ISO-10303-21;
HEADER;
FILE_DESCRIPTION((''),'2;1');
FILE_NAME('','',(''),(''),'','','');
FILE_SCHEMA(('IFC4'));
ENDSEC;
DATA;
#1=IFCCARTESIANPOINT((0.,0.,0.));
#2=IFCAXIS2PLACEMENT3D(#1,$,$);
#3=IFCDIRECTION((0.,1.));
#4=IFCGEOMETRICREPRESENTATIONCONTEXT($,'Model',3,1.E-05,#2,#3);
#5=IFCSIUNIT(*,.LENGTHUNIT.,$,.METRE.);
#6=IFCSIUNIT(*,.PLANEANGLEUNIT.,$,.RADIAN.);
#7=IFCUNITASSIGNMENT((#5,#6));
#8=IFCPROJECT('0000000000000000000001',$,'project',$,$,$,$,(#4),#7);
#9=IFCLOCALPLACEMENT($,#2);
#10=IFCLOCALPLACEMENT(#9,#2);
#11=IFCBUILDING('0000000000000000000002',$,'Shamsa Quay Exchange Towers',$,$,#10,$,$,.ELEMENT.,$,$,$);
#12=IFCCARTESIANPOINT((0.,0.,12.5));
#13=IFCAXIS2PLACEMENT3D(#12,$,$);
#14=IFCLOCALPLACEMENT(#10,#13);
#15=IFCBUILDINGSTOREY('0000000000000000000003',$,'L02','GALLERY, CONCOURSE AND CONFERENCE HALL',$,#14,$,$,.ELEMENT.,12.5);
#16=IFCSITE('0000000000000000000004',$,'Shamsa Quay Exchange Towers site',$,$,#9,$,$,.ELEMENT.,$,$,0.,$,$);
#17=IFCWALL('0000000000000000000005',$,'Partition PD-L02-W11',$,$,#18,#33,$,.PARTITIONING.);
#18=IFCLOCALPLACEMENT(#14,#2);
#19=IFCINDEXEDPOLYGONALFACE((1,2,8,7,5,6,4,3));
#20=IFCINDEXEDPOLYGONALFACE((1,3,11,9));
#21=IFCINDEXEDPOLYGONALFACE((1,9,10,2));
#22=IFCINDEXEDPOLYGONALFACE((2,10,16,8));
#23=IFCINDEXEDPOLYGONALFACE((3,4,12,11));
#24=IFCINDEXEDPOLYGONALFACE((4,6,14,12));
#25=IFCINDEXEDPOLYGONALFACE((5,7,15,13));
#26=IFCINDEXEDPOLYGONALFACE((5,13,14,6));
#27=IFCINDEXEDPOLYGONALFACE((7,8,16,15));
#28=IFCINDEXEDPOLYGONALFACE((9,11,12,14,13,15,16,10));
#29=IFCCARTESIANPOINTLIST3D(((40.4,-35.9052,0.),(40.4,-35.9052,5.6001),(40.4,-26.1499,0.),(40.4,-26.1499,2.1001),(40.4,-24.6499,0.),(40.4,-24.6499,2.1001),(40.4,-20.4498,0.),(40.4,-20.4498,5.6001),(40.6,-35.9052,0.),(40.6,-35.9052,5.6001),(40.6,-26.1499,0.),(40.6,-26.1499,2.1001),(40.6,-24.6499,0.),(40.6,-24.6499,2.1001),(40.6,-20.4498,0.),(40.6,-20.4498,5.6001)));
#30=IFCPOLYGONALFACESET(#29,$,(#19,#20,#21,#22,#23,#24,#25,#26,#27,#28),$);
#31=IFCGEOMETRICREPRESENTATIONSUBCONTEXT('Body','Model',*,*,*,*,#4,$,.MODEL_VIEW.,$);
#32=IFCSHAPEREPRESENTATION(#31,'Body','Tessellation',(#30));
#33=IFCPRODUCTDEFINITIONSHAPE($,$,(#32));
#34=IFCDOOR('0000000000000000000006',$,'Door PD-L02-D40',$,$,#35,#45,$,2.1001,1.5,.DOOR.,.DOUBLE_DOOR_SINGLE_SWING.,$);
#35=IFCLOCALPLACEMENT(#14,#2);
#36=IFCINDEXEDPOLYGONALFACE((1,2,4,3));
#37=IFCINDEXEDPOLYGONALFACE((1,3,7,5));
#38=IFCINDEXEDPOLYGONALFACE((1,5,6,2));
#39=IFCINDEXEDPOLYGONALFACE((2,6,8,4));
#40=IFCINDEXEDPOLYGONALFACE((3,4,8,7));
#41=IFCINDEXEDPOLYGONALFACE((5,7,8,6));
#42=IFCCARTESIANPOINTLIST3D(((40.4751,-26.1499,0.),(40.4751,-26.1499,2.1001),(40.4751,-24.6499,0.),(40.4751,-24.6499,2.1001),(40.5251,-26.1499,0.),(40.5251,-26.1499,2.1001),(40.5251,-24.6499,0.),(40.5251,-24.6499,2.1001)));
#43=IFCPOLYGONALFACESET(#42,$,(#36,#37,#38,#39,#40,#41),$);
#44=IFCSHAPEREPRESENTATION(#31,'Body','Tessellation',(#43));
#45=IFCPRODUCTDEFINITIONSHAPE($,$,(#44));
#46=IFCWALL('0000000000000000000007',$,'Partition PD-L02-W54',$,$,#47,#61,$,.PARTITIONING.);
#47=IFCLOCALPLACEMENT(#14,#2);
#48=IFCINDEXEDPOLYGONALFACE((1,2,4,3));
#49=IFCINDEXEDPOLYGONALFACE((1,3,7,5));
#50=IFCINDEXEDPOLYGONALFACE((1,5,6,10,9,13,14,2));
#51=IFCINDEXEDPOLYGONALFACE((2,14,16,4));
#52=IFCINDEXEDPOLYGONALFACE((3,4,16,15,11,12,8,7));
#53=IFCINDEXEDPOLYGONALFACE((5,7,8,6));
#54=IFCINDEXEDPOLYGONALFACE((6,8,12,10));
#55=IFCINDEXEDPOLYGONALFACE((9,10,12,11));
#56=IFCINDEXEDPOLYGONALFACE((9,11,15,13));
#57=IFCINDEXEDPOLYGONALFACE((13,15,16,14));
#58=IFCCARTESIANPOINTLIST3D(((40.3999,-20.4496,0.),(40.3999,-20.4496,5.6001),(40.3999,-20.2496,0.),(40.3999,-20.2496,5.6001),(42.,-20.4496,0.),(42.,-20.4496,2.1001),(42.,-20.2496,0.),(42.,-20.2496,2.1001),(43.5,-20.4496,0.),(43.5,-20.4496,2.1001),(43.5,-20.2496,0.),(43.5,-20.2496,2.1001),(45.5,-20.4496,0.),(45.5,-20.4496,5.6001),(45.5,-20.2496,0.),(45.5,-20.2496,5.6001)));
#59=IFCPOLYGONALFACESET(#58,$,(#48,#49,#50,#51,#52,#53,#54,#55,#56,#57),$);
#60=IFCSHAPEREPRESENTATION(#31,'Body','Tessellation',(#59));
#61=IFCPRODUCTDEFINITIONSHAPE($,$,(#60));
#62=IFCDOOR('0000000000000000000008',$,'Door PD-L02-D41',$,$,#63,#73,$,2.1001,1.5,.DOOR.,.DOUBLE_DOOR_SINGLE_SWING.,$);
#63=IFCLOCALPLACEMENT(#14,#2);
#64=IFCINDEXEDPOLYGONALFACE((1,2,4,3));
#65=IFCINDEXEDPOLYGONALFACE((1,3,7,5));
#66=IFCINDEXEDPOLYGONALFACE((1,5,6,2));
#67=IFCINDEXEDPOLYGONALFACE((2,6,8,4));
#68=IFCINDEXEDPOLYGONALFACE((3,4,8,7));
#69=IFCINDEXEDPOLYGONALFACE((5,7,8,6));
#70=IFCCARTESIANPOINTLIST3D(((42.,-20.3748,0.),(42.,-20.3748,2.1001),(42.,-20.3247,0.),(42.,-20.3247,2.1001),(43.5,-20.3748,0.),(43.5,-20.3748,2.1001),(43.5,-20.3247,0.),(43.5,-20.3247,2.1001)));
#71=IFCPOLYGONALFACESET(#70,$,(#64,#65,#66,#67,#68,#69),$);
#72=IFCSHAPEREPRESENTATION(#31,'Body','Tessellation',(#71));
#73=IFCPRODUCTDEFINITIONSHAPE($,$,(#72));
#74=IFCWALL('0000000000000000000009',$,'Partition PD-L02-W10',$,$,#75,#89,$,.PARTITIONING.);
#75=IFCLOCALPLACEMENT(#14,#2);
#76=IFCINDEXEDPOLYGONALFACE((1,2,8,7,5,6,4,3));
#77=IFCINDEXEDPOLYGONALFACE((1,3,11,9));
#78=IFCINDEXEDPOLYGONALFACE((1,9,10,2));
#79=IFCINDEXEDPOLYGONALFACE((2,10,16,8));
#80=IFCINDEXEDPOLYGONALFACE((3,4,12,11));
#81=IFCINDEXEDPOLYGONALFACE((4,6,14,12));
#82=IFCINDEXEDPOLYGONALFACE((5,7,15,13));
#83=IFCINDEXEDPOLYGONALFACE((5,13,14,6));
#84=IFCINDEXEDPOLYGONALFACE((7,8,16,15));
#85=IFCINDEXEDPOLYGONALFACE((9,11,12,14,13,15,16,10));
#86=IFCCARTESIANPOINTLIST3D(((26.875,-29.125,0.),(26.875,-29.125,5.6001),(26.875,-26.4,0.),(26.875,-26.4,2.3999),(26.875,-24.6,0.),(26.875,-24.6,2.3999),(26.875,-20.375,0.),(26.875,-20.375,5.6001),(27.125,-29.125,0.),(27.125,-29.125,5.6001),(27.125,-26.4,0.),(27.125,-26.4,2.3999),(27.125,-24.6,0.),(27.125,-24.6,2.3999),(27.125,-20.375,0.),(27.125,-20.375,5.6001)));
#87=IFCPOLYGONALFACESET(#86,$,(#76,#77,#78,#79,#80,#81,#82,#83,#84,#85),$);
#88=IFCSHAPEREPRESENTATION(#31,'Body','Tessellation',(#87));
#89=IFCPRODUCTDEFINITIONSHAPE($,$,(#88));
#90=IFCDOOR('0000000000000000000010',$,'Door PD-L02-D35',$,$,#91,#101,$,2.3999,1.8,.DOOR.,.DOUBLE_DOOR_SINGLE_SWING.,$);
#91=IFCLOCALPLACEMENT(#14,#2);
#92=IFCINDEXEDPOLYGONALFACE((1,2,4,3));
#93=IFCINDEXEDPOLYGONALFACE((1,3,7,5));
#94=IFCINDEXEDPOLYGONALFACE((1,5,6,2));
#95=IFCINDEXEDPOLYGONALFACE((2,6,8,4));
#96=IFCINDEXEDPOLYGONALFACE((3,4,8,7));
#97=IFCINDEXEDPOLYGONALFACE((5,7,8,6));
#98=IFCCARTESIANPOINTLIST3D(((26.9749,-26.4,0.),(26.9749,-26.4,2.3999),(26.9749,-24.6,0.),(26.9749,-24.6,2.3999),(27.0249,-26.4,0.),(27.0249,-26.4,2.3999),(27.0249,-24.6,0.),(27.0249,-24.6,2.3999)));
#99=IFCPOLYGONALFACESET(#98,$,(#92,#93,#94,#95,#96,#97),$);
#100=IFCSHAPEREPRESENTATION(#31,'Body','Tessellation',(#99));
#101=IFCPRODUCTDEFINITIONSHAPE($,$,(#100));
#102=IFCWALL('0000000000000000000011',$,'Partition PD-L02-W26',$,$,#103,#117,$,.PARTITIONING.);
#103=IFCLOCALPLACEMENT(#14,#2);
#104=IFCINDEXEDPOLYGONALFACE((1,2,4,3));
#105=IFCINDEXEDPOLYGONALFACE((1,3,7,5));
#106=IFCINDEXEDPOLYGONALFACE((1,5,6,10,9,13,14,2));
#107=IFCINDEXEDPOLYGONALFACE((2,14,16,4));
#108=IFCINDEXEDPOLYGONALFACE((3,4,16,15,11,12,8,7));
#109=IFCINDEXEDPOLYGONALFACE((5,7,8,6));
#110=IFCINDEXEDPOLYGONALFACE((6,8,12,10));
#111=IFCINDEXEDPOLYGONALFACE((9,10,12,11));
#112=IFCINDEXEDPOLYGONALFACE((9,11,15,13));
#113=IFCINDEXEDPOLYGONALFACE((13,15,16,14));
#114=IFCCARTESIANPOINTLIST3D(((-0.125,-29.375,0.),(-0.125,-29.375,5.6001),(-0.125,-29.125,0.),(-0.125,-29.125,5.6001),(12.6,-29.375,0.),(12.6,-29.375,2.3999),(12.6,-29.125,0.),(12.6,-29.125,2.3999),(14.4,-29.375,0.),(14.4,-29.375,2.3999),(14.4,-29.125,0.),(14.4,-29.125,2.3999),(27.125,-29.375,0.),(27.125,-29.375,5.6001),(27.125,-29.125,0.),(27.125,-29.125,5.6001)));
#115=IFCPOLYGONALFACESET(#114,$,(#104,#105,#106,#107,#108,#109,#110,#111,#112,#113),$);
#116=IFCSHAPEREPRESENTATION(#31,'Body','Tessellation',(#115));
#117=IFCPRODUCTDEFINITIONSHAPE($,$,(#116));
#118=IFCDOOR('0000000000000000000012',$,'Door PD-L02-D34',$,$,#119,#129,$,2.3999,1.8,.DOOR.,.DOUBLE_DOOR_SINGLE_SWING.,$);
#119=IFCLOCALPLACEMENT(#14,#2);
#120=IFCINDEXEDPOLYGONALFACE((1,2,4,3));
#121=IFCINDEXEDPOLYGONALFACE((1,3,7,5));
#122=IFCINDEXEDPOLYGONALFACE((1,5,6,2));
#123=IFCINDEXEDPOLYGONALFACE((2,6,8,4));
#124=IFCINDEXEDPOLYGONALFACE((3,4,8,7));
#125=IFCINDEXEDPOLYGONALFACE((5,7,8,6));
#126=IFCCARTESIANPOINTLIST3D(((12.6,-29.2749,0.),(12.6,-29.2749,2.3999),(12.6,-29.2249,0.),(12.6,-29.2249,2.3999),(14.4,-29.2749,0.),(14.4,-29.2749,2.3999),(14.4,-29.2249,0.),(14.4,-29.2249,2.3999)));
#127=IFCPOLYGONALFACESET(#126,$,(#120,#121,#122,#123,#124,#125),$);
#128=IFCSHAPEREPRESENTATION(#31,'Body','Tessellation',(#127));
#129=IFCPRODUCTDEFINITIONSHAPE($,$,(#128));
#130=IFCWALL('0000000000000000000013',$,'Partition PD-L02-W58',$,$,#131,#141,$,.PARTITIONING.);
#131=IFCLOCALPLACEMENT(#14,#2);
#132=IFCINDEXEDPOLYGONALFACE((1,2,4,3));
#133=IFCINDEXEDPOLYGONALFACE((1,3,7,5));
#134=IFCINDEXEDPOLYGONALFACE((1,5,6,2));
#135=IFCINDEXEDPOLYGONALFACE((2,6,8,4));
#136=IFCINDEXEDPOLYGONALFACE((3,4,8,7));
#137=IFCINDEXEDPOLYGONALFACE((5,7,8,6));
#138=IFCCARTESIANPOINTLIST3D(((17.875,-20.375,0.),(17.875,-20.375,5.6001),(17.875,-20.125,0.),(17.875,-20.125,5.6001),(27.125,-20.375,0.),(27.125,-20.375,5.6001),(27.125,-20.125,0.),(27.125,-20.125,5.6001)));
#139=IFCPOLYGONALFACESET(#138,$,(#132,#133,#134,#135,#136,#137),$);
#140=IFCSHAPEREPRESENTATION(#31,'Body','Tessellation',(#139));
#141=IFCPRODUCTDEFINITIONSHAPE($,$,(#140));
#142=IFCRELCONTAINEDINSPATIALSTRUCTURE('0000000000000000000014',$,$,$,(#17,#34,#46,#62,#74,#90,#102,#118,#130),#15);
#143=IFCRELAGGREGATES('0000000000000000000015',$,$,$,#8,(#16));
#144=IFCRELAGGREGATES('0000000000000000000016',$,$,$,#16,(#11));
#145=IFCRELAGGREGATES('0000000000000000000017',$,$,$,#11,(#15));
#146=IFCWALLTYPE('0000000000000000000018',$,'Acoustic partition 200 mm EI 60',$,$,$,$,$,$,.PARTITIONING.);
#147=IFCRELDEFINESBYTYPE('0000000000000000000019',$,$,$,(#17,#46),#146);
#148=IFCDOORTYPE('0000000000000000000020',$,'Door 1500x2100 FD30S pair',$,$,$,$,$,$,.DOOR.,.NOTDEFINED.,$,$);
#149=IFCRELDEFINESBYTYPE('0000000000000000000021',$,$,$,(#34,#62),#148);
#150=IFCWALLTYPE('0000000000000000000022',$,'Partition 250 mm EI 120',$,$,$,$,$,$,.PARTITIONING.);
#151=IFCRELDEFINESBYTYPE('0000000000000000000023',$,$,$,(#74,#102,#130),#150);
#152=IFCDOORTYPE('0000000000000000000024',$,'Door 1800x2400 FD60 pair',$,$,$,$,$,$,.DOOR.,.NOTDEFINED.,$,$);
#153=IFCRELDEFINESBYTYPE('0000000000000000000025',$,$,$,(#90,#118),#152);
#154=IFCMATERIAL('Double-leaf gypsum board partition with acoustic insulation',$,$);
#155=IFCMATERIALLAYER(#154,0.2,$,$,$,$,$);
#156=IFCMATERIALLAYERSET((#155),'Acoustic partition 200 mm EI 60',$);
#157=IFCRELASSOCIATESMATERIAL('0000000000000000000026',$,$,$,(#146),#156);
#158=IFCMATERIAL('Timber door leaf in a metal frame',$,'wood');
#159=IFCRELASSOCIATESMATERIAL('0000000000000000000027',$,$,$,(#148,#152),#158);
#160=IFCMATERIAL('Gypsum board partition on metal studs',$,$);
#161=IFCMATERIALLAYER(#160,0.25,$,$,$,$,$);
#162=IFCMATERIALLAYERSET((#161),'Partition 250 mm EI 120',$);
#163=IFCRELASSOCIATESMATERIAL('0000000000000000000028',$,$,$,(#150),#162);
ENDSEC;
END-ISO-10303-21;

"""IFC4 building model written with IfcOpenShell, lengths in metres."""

from ifc_helpers import new_model, si_unit, direction, frame, frame_2d, origin, place, context, subcontext, project, spatial, rectangle, extrude, material, layer, layer_set, type_object, element, fill, save


model = new_model("IFC4")

# Units and contexts
model_context = context("Model", 3, precision=1e-05, world=origin(), true_north=direction((0.0, 1.0)))
body_context = subcontext(model_context, "Body", "Model", "MODEL_VIEW")
ifc_project = project(units=[si_unit("LENGTHUNIT", "METRE"), si_unit("PLANEANGLEUNIT", "RADIAN")], contexts=[model_context])

# Site, building, storey
site_placement = place(None, origin())
site = spatial("IfcSite", under=ifc_project, at=site_placement, Name="Shamsa Quay Exchange Towers site", CompositionType="ELEMENT", RefElevation=0.0)
building_placement = place(site_placement, origin())
building = spatial("IfcBuilding", under=site, at=building_placement, Name="Shamsa Quay Exchange Towers", CompositionType="ELEMENT")
storey_placement = place(building_placement, frame((0.0, 0.0, 12.5)))
storey = spatial("IfcBuildingStorey", under=building, at=storey_placement, Name="L02", Description="GALLERY, CONCOURSE AND CONFERENCE HALL", CompositionType="ELEMENT", Elevation=12.5)

# Walls, openings, doors
ifc_material_1 = material(Name="Double-leaf gypsum board partition with acoustic insulation")
ifc_layer_1 = layer(ifc_material_1, 0.2)
ifc_layer_set_1 = layer_set([ifc_layer_1], Name="Acoustic partition 200 mm EI 60")
wall_type_1 = type_object("IfcWallType", Name="Acoustic partition 200 mm EI 60", PredefinedType="PARTITIONING", material=ifc_layer_set_1)
wall_1_placement = place(storey_placement, frame((40.5, -35.905, 0.0), z_axis=(0.0, 0.0, 1.0), x_axis=(0.0, 1.0, 0.0)))
wall_1 = element("IfcWall", 1, at=wall_1_placement, inside=storey, type_object=wall_type_1, Name="Partition PD-L02-W11", PredefinedType="PARTITIONING", context=body_context, shape_type="SweptSolid", body=[
    extrude(rectangle(XDim=15.4553, YDim=0.2, at=frame_2d((7.7275, 0.0))), origin(), (0.0, 0.0, 1.0), 5.6001),
])
opening_1_placement = place(wall_1_placement, frame((9.7551, 0.0, 0.0)))
opening_1 = element("IfcOpeningElement", 2, at=opening_1_placement, cuts=wall_1, PredefinedType="OPENING", context=body_context, shape_type="SweptSolid", body=[
    extrude(rectangle(XDim=1.5, YDim=2.1001, at=frame_2d((0.75, 1.05))), frame((0.0, 0.1099, 0.0), z_axis=(0.0, -1.0, 0.0), x_axis=(1.0, 0.0, 0.0)), (0.0, 0.0, 1.0), 0.22),
])
ifc_material_2 = material(Name="Timber door leaf in a metal frame", Category="wood")
door_type_1 = type_object("IfcDoorType", Name="Door 1500x2100 FD30S pair", OperationType="NOTDEFINED", PredefinedType="DOOR", material=ifc_material_2)
door_1_placement = place(opening_1_placement, origin())
door_1 = element("IfcDoor", 3, at=door_1_placement, inside=storey, type_object=door_type_1, Name="Door PD-L02-D40", OperationType="DOUBLE_DOOR_SINGLE_SWING", OverallHeight=2.1001, OverallWidth=1.5, PredefinedType="DOOR", context=body_context, shape_type="SweptSolid", body=[
    extrude(rectangle(XDim=1.5, YDim=2.1001, at=frame_2d((0.75, 1.05))), frame((0.0, 0.0249, 0.0), z_axis=(0.0, -1.0, 0.0), x_axis=(1.0, 0.0, 0.0)), (0.0, 0.0, 1.0), 0.05),
])
fill(opening_1, door_1)
wall_2_placement = place(storey_placement, frame((40.3999, -20.3496, 0.0)))
wall_2 = element("IfcWall", 4, at=wall_2_placement, inside=storey, type_object=wall_type_1, Name="Partition PD-L02-W54", PredefinedType="PARTITIONING", context=body_context, shape_type="SweptSolid", body=[
    extrude(rectangle(XDim=5.1001, YDim=0.2, at=frame_2d((2.55, 0.0))), origin(), (0.0, 0.0, 1.0), 5.6001),
])
opening_2_placement = place(wall_2_placement, frame((1.6001, 0.0, 0.0)))
opening_2 = element("IfcOpeningElement", 5, at=opening_2_placement, cuts=wall_2, PredefinedType="OPENING", context=body_context, shape_type="SweptSolid", body=[
    extrude(rectangle(XDim=1.5, YDim=2.1001, at=frame_2d((0.75, 1.05))), frame((0.0, 0.1099, 0.0), z_axis=(0.0, -1.0, 0.0), x_axis=(1.0, 0.0, 0.0)), (0.0, 0.0, 1.0), 0.22),
])
door_2_placement = place(opening_2_placement, origin())
door_2 = element("IfcDoor", 6, at=door_2_placement, inside=storey, type_object=door_type_1, Name="Door PD-L02-D41", OperationType="DOUBLE_DOOR_SINGLE_SWING", OverallHeight=2.1001, OverallWidth=1.5, PredefinedType="DOOR", context=body_context, shape_type="SweptSolid", body=[
    extrude(rectangle(XDim=1.5, YDim=2.1001, at=frame_2d((0.75, 1.05))), frame((0.0, 0.0249, 0.0), z_axis=(0.0, -1.0, 0.0), x_axis=(1.0, 0.0, 0.0)), (0.0, 0.0, 1.0), 0.05),
])
fill(opening_2, door_2)
ifc_material_3 = material(Name="Gypsum board partition on metal studs")
ifc_layer_2 = layer(ifc_material_3, 0.25)
ifc_layer_set_2 = layer_set([ifc_layer_2], Name="Partition 250 mm EI 120")
wall_type_2 = type_object("IfcWallType", Name="Partition 250 mm EI 120", PredefinedType="PARTITIONING", material=ifc_layer_set_2)
wall_3_placement = place(storey_placement, frame((27.0, -20.375, 0.0), z_axis=(0.0, 0.0, 1.0), x_axis=(0.0, -1.0, 0.0)))
wall_3 = element("IfcWall", 7, at=wall_3_placement, inside=storey, type_object=wall_type_2, Name="Partition PD-L02-W10", PredefinedType="PARTITIONING", context=body_context, shape_type="SweptSolid", body=[
    extrude(rectangle(XDim=8.75, YDim=0.25, at=frame_2d((4.375, 0.0))), origin(), (0.0, 0.0, 1.0), 5.6001),
])
opening_3_placement = place(wall_3_placement, frame((4.2251, 0.0, 0.0)))
opening_3 = element("IfcOpeningElement", 8, at=opening_3_placement, cuts=wall_3, PredefinedType="OPENING", context=body_context, shape_type="SweptSolid", body=[
    extrude(rectangle(XDim=1.8, YDim=2.3999, at=frame_2d((0.8999, 1.2))), frame((0.0, 0.135, 0.0), z_axis=(0.0, -1.0, 0.0), x_axis=(1.0, 0.0, 0.0)), (0.0, 0.0, 1.0), 0.27),
])
door_type_2 = type_object("IfcDoorType", Name="Door 1800x2400 FD60 pair", OperationType="NOTDEFINED", PredefinedType="DOOR", material=ifc_material_2)
door_3_placement = place(opening_3_placement, origin())
door_3 = element("IfcDoor", 9, at=door_3_placement, inside=storey, type_object=door_type_2, Name="Door PD-L02-D35", OperationType="DOUBLE_DOOR_SINGLE_SWING", OverallHeight=2.3999, OverallWidth=1.8, PredefinedType="DOOR", context=body_context, shape_type="SweptSolid", body=[
    extrude(rectangle(XDim=1.8, YDim=2.3999, at=frame_2d((0.8999, 1.2))), frame((0.0, 0.0249, 0.0), z_axis=(0.0, -1.0, 0.0), x_axis=(1.0, 0.0, 0.0)), (0.0, 0.0, 1.0), 0.05),
])
fill(opening_3, door_3)
wall_4_placement = place(storey_placement, frame((27.125, -29.25, 0.0), z_axis=(0.0, 0.0, 1.0), x_axis=(-1.0, 0.0, 0.0)))
wall_4 = element("IfcWall", 10, at=wall_4_placement, inside=storey, type_object=wall_type_2, Name="Partition PD-L02-W26", PredefinedType="PARTITIONING", context=body_context, shape_type="SweptSolid", body=[
    extrude(rectangle(XDim=27.25, YDim=0.25, at=frame_2d((13.625, 0.0))), origin(), (0.0, 0.0, 1.0), 5.6001),
])
opening_4_placement = place(wall_4_placement, frame((12.7251, 0.0, 0.0)))
opening_4 = element("IfcOpeningElement", 11, at=opening_4_placement, cuts=wall_4, PredefinedType="OPENING", context=body_context, shape_type="SweptSolid", body=[
    extrude(rectangle(XDim=1.8, YDim=2.3999, at=frame_2d((0.8999, 1.2))), frame((0.0, 0.135, 0.0), z_axis=(0.0, -1.0, 0.0), x_axis=(1.0, 0.0, 0.0)), (0.0, 0.0, 1.0), 0.27),
])
door_4_placement = place(opening_4_placement, origin())
door_4 = element("IfcDoor", 12, at=door_4_placement, inside=storey, type_object=door_type_2, Name="Door PD-L02-D34", OperationType="DOUBLE_DOOR_SINGLE_SWING", OverallHeight=2.3999, OverallWidth=1.8, PredefinedType="DOOR", context=body_context, shape_type="SweptSolid", body=[
    extrude(rectangle(XDim=1.8, YDim=2.3999, at=frame_2d((0.8999, 1.2))), frame((0.0, 0.0249, 0.0), z_axis=(0.0, -1.0, 0.0), x_axis=(1.0, 0.0, 0.0)), (0.0, 0.0, 1.0), 0.05),
])
fill(opening_4, door_4)

# Wall
wall_5_placement = place(storey_placement, frame((27.125, -20.25, 0.0), z_axis=(0.0, 0.0, 1.0), x_axis=(-1.0, 0.0, 0.0)))
element("IfcWall", 13, at=wall_5_placement, inside=storey, type_object=wall_type_2, Name="Partition PD-L02-W58", PredefinedType="PARTITIONING", context=body_context, shape_type="SweptSolid", body=[
    extrude(rectangle(XDim=9.25, YDim=0.25, at=frame_2d((4.625, 0.0))), origin(), (0.0, 0.0, 1.0), 5.6001),
])

save(model, "model.ifc")
